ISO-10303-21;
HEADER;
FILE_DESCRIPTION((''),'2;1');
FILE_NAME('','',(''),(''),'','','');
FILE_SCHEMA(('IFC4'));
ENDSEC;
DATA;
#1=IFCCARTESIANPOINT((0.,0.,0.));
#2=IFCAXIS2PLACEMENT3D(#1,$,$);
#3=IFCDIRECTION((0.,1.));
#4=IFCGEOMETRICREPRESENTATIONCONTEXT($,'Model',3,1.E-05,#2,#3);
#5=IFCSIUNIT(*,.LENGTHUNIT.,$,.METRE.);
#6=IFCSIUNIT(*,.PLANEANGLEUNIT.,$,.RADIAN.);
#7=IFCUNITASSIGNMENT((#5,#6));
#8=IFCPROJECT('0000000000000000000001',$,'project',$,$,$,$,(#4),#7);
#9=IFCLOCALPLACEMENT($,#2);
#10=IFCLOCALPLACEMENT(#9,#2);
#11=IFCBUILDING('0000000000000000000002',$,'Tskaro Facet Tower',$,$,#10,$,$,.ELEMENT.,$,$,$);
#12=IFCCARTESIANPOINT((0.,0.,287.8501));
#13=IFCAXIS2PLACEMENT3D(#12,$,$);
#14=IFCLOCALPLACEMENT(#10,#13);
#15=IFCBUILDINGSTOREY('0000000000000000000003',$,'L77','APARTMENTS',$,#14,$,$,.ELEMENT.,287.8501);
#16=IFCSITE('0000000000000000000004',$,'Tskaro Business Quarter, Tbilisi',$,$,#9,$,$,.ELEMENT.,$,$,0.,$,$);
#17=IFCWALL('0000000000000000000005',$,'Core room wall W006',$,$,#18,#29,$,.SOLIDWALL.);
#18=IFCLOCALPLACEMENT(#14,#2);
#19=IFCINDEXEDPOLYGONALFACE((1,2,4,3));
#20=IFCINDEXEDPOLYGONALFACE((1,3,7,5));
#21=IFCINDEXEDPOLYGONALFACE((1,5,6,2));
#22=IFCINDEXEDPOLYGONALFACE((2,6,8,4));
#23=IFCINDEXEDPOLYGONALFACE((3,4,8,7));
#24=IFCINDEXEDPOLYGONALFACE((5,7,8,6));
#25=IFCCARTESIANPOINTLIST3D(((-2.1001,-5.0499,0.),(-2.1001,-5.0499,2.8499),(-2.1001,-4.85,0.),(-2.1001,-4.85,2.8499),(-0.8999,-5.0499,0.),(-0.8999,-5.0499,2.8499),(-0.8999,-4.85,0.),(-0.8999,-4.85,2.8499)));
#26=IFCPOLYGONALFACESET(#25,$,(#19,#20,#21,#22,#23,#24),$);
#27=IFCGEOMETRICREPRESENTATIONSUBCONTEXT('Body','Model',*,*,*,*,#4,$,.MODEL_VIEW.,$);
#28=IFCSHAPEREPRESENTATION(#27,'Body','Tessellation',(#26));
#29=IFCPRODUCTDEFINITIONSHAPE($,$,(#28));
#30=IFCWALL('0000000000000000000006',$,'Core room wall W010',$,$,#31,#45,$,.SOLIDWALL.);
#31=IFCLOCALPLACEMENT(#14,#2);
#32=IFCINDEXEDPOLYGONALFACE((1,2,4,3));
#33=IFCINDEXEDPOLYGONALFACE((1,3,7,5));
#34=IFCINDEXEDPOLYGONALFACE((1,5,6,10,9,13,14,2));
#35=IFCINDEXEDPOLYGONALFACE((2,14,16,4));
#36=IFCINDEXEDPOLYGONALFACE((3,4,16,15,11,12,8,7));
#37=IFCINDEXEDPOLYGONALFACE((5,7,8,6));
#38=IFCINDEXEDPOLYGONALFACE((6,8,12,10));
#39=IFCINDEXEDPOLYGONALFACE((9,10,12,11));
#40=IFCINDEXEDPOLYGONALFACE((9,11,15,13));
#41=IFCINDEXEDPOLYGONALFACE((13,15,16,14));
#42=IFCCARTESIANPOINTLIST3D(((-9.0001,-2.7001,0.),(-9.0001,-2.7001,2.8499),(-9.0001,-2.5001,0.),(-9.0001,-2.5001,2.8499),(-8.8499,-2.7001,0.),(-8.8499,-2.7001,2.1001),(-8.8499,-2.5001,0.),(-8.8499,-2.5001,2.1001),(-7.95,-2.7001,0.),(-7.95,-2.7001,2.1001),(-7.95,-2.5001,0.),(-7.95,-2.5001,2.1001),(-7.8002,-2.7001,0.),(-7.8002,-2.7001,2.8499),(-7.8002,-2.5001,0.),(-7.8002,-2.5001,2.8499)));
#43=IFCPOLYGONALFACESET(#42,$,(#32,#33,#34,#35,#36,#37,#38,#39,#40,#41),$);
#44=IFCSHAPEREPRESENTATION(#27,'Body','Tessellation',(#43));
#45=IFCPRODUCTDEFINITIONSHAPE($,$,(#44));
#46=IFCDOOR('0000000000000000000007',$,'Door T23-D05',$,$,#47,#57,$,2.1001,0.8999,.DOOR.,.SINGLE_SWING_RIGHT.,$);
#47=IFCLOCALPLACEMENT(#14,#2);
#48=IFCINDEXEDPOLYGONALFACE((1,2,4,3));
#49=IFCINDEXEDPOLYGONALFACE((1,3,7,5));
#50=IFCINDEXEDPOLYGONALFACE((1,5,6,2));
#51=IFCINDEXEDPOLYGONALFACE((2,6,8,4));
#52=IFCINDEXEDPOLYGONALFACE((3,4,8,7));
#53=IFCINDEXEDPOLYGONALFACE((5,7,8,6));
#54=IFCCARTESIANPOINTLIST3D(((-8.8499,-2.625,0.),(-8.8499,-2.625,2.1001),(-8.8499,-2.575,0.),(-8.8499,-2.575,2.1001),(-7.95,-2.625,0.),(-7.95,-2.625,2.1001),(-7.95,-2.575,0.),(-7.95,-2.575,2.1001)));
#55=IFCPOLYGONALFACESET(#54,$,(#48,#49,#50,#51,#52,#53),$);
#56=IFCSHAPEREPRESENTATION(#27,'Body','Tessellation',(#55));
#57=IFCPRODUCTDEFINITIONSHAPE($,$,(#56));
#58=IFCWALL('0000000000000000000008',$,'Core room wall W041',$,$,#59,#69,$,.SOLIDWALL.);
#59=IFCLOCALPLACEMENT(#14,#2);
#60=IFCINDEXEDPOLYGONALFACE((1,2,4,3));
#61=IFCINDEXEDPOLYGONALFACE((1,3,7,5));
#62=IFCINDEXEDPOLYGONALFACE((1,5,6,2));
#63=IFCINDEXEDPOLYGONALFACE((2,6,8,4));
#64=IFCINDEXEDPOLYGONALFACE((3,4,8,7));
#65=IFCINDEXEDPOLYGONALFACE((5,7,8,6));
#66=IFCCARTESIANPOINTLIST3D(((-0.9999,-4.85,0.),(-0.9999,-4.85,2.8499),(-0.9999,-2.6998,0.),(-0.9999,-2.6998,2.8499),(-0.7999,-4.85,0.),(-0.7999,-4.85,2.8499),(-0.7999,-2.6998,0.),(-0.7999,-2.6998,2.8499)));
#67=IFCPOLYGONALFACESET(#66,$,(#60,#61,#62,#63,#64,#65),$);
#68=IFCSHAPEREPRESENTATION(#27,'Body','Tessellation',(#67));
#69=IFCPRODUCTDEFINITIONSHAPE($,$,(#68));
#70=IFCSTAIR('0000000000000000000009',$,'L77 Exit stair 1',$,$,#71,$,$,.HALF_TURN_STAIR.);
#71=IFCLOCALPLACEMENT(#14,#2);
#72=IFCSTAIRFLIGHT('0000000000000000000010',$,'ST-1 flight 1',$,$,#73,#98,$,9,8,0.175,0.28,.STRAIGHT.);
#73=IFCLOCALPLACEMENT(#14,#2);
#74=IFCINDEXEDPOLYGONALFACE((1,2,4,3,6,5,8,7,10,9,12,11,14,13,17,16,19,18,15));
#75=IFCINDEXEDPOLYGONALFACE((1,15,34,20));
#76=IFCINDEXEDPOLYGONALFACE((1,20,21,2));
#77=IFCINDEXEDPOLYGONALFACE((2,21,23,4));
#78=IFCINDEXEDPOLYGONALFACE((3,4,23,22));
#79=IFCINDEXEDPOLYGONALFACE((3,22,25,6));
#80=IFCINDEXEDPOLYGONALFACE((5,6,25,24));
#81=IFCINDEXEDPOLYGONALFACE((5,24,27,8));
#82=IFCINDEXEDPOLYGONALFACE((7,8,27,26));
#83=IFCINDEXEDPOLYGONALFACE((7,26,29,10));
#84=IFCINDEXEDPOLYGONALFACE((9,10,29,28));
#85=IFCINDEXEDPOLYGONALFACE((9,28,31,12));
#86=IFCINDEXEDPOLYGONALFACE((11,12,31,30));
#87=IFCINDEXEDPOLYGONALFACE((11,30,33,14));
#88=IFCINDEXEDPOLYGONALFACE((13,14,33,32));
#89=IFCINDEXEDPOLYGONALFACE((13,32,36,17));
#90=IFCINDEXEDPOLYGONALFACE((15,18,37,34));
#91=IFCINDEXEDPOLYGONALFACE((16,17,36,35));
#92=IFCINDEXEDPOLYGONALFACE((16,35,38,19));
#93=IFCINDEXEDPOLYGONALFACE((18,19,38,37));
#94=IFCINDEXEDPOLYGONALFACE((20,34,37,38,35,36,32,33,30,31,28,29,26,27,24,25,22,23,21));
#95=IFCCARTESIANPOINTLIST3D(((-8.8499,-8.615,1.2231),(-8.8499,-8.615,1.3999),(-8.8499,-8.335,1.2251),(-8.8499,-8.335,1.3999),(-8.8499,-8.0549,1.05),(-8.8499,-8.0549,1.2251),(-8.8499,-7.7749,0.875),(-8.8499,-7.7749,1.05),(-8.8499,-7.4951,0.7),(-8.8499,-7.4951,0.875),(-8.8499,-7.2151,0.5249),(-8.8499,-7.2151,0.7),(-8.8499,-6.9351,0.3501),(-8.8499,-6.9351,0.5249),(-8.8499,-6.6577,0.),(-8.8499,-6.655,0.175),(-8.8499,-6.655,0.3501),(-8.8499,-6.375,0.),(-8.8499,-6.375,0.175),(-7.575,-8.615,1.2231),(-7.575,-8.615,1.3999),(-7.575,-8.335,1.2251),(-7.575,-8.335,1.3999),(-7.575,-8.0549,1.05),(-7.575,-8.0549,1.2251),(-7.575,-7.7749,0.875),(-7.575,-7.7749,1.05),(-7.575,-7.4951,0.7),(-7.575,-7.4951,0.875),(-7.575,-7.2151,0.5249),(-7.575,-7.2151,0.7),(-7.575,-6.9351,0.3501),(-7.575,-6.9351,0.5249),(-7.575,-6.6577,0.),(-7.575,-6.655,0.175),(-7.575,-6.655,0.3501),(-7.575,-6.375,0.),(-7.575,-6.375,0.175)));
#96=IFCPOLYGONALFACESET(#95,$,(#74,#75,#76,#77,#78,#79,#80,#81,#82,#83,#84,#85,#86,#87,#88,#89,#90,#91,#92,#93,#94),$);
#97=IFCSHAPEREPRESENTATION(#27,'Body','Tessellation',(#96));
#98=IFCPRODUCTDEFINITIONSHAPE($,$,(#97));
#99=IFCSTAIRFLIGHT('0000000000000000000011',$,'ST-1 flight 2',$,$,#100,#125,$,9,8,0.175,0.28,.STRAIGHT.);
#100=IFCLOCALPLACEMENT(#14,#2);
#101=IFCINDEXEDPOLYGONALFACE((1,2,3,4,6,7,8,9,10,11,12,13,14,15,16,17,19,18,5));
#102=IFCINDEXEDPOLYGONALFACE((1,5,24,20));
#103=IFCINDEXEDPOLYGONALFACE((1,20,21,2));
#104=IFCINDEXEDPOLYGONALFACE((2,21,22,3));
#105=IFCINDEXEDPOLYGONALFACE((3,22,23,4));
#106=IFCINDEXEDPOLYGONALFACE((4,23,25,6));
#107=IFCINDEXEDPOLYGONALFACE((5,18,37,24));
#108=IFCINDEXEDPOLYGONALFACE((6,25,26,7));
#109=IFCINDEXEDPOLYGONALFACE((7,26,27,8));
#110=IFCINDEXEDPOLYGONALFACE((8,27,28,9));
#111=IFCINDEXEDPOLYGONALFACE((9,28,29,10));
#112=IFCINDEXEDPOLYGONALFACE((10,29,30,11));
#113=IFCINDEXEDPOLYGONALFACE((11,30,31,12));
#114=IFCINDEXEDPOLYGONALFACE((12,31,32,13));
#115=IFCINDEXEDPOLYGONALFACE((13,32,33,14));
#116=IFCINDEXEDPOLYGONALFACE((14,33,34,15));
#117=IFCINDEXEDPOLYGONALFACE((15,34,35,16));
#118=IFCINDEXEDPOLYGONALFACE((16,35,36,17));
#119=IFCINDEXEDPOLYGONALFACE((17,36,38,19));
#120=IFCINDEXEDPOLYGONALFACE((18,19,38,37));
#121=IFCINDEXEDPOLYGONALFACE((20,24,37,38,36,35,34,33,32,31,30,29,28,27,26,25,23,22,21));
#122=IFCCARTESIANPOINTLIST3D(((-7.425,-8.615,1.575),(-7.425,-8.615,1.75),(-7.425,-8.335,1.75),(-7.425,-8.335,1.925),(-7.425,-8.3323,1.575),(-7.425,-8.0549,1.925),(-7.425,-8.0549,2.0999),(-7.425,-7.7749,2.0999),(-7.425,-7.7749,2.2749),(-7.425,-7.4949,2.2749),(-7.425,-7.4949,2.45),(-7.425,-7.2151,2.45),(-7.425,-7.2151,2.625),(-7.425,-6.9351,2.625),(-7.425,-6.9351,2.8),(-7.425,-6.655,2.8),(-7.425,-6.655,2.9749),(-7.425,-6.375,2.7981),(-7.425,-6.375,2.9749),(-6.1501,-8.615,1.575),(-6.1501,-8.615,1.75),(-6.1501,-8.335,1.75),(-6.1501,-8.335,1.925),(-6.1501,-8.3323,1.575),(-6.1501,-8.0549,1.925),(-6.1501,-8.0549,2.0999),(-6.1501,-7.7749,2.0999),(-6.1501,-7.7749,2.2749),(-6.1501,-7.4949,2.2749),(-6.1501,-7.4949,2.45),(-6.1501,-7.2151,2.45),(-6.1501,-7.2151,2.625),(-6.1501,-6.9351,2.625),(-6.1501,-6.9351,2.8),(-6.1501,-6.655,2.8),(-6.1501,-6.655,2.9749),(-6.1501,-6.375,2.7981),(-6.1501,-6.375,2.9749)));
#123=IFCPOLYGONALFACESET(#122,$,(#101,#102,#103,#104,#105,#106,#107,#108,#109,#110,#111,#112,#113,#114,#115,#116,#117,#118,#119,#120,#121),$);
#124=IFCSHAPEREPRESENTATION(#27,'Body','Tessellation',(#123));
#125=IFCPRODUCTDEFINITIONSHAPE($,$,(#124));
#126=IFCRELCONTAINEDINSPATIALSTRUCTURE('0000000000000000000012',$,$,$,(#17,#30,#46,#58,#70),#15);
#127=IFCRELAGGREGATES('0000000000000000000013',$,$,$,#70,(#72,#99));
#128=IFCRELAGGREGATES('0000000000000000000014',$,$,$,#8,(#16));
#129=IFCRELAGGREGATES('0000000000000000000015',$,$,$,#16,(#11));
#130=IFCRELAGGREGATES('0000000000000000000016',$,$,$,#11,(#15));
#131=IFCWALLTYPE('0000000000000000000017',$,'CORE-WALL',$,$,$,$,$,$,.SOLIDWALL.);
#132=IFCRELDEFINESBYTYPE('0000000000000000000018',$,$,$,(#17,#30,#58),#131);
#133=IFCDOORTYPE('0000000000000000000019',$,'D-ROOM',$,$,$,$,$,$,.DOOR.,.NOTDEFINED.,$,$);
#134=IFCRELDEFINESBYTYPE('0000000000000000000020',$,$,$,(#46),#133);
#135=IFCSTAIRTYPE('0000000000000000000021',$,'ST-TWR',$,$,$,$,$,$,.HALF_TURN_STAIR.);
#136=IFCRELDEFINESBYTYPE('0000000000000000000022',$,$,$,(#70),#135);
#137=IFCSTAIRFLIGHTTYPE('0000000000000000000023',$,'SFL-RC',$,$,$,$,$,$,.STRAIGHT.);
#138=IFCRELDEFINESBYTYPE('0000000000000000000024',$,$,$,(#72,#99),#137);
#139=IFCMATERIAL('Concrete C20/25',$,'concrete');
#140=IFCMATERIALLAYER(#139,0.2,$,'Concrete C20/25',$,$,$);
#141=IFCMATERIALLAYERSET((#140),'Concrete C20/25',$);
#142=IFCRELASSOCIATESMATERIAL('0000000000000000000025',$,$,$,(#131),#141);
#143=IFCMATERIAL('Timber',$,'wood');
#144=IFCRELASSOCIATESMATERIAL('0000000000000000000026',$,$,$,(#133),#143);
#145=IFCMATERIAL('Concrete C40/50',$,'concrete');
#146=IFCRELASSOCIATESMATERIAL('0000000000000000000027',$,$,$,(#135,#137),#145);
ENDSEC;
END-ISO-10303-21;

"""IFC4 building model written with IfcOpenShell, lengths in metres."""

from ifc_helpers import new_model, si_unit, direction, frame, frame_2d, origin, place, context, subcontext, project, spatial, polyline, rectangle, outline, extrude, material, layer, layer_set, type_object, element, fill, aggregate, save


model = new_model("IFC4")

# Units and contexts
model_context = context("Model", 3, precision=1e-05, world=origin(), true_north=direction((0.0, 1.0)))
body_context = subcontext(model_context, "Body", "Model", "MODEL_VIEW")
ifc_project = project(units=[si_unit("LENGTHUNIT", "METRE"), si_unit("PLANEANGLEUNIT", "RADIAN")], contexts=[model_context])

# Site, building, storey
site_placement = place(None, origin())
site = spatial("IfcSite", under=ifc_project, at=site_placement, Name="Tskaro Business Quarter, Tbilisi", CompositionType="ELEMENT", RefElevation=0.0)
building_placement = place(site_placement, origin())
building = spatial("IfcBuilding", under=site, at=building_placement, Name="Tskaro Facet Tower", CompositionType="ELEMENT")
storey_placement = place(building_placement, frame((0.0, 0.0, 287.8501)))
storey = spatial("IfcBuildingStorey", under=building, at=storey_placement, Name="L77", Description="APARTMENTS", CompositionType="ELEMENT", Elevation=287.8501)

# Wall
ifc_material_1 = material(Name="Concrete C20/25", Category="concrete")
ifc_layer_1 = layer(ifc_material_1, 0.2, Name="Concrete C20/25")
ifc_layer_set_1 = layer_set([ifc_layer_1], Name="Concrete C20/25")
wall_type_1 = type_object("IfcWallType", Name="CORE-WALL", PredefinedType="SOLIDWALL", material=ifc_layer_set_1)
wall_1_placement = place(storey_placement, frame((-2.1001, -4.95, 0.0), z_axis=(0.0, 0.0, 1.0), x_axis=(1.0, 0.0, 0.0)))
element("IfcWall", 1, at=wall_1_placement, inside=storey, type_object=wall_type_1, Name="Core room wall W006", PredefinedType="SOLIDWALL", context=body_context, shape_type="SweptSolid", body=[
    extrude(rectangle(XDim=1.2002, YDim=0.2, at=frame_2d((0.6001, 0.0))), origin(), (0.0, 0.0, 1.0), 2.8499),
])

# Wall, opening, door
wall_2_placement = place(storey_placement, frame((-7.8, -2.6001, 0.0), z_axis=(0.0, 0.0, 1.0), x_axis=(-1.0, 0.0, 0.0)))
wall_2 = element("IfcWall", 2, at=wall_2_placement, inside=storey, type_object=wall_type_1, Name="Core room wall W010", PredefinedType="SOLIDWALL", context=body_context, shape_type="SweptSolid", body=[
    extrude(rectangle(XDim=1.2, YDim=0.2, at=frame_2d((0.6001, 0.0))), origin(), (0.0, 0.0, 1.0), 2.8499),
])
opening_1_placement = place(wall_2_placement, frame((0.1499, 0.0, 0.0)))
opening_1 = element("IfcOpeningElement", 3, at=opening_1_placement, cuts=wall_2, PredefinedType="OPENING", context=body_context, shape_type="SweptSolid", body=[
    extrude(rectangle(XDim=0.8999, YDim=2.1001, at=frame_2d((0.45, 1.05))), frame((0.0, 0.1099, 0.0), z_axis=(0.0, -1.0, 0.0), x_axis=(1.0, 0.0, 0.0)), (0.0, 0.0, 1.0), 0.22),
])
ifc_material_2 = material(Name="Timber", Category="wood")
door_type_1 = type_object("IfcDoorType", Name="D-ROOM", OperationType="NOTDEFINED", PredefinedType="DOOR", material=ifc_material_2)
door_1_placement = place(opening_1_placement, origin())
door_1 = element("IfcDoor", 4, at=door_1_placement, inside=storey, type_object=door_type_1, Name="Door T23-D05", OperationType="SINGLE_SWING_RIGHT", OverallHeight=2.1001, OverallWidth=0.8999, PredefinedType="DOOR", context=body_context, shape_type="SweptSolid", body=[
    extrude(rectangle(XDim=0.8999, YDim=2.1001, at=frame_2d((0.45, 1.05))), frame((0.0, 0.0249, 0.0), z_axis=(0.0, -1.0, 0.0), x_axis=(1.0, 0.0, 0.0)), (0.0, 0.0, 1.0), 0.05),
])
fill(opening_1, door_1)

# Wall
wall_3_placement = place(storey_placement, frame((-0.8999, -4.8501, 0.0), z_axis=(0.0, 0.0, 1.0), x_axis=(0.0, 1.0, 0.0)))
element("IfcWall", 5, at=wall_3_placement, inside=storey, type_object=wall_type_1, Name="Core room wall W041", PredefinedType="SOLIDWALL", context=body_context, shape_type="SweptSolid", body=[
    extrude(rectangle(XDim=2.1501, YDim=0.2, at=frame_2d((1.0752, 0.0))), origin(), (0.0, 0.0, 1.0), 2.8499),
])

# Stair, stair flights
ifc_material_3 = material(Name="Concrete C40/50", Category="concrete")
stair_type = type_object("IfcStairType", Name="ST-TWR", PredefinedType="HALF_TURN_STAIR", material=ifc_material_3)
stair_placement = place(storey_placement, origin())
stair = element("IfcStair", 6, at=stair_placement, inside=storey, type_object=stair_type, Name="L77 Exit stair 1", PredefinedType="HALF_TURN_STAIR")
stair_flight_type = type_object("IfcStairFlightType", Name="SFL-RC", PredefinedType="STRAIGHT", material=ifc_material_3)
stair_flight_1_placement = place(storey_placement, frame((-8.2124, -6.375, 0.0), z_axis=(0.0, 0.0, 1.0), x_axis=(0.0, -1.0, 0.0)))
stair_flight_1 = element("IfcStairFlight", 7, at=stair_flight_1_placement, type_object=stair_flight_type, Name="ST-1 flight 1", NumberOfRisers=9, NumberOfTreads=8, PredefinedType="STRAIGHT", RiserHeight=0.175, TreadLength=0.28, context=body_context, shape_type="SweptSolid", body=[
    extrude(outline(polyline([(0.0, 0.0), (0.0, 0.175), (0.28, 0.175), (0.28, 0.3501), (0.5601, 0.3501), (0.5601, 0.5249), (0.8401, 0.5249), (0.8401, 0.7), (1.1201, 0.7), (1.1201, 0.875), (1.3999, 0.875), (1.3999, 1.05), (1.6799, 1.05), (1.6799, 1.2251), (1.96, 1.2251), (1.96, 1.3999), (2.24, 1.3999), (2.24, 1.575), (2.24, 1.2231), (0.2827, 0.0), (0.0, 0.0)])), frame((0.0, 0.6375, 0.0), z_axis=(0.0, -1.0, 0.0), x_axis=(1.0, 0.0, 0.0)), (0.0, 0.0, 1.0), 1.2749),
])
stair_flight_2_placement = place(storey_placement, frame((-6.7876, -8.615, 1.575), z_axis=(0.0, 0.0, 1.0), x_axis=(0.0, 1.0, 0.0)))
stair_flight_2 = element("IfcStairFlight", 8, at=stair_flight_2_placement, type_object=stair_flight_type, Name="ST-1 flight 2", NumberOfRisers=9, NumberOfTreads=8, PredefinedType="STRAIGHT", RiserHeight=0.175, TreadLength=0.28, context=body_context, shape_type="SweptSolid", body=[
    extrude(outline(polyline([(0.0, 0.0), (0.0, 0.175), (0.28, 0.175), (0.28, 0.3501), (0.5601, 0.3501), (0.5601, 0.5249), (0.8401, 0.5249), (0.8401, 0.7), (1.1201, 0.7), (1.1201, 0.875), (1.3999, 0.875), (1.3999, 1.05), (1.6799, 1.05), (1.6799, 1.2251), (1.96, 1.2251), (1.96, 1.3999), (2.24, 1.3999), (2.24, 1.575), (2.24, 1.2231), (0.2827, 0.0), (0.0, 0.0)])), frame((0.0, 0.6375, 0.0), z_axis=(0.0, -1.0, 0.0), x_axis=(1.0, 0.0, 0.0)), (0.0, 0.0, 1.0), 1.2749),
])
aggregate(stair, [stair_flight_1, stair_flight_2])

save(model, "model.ifc")
